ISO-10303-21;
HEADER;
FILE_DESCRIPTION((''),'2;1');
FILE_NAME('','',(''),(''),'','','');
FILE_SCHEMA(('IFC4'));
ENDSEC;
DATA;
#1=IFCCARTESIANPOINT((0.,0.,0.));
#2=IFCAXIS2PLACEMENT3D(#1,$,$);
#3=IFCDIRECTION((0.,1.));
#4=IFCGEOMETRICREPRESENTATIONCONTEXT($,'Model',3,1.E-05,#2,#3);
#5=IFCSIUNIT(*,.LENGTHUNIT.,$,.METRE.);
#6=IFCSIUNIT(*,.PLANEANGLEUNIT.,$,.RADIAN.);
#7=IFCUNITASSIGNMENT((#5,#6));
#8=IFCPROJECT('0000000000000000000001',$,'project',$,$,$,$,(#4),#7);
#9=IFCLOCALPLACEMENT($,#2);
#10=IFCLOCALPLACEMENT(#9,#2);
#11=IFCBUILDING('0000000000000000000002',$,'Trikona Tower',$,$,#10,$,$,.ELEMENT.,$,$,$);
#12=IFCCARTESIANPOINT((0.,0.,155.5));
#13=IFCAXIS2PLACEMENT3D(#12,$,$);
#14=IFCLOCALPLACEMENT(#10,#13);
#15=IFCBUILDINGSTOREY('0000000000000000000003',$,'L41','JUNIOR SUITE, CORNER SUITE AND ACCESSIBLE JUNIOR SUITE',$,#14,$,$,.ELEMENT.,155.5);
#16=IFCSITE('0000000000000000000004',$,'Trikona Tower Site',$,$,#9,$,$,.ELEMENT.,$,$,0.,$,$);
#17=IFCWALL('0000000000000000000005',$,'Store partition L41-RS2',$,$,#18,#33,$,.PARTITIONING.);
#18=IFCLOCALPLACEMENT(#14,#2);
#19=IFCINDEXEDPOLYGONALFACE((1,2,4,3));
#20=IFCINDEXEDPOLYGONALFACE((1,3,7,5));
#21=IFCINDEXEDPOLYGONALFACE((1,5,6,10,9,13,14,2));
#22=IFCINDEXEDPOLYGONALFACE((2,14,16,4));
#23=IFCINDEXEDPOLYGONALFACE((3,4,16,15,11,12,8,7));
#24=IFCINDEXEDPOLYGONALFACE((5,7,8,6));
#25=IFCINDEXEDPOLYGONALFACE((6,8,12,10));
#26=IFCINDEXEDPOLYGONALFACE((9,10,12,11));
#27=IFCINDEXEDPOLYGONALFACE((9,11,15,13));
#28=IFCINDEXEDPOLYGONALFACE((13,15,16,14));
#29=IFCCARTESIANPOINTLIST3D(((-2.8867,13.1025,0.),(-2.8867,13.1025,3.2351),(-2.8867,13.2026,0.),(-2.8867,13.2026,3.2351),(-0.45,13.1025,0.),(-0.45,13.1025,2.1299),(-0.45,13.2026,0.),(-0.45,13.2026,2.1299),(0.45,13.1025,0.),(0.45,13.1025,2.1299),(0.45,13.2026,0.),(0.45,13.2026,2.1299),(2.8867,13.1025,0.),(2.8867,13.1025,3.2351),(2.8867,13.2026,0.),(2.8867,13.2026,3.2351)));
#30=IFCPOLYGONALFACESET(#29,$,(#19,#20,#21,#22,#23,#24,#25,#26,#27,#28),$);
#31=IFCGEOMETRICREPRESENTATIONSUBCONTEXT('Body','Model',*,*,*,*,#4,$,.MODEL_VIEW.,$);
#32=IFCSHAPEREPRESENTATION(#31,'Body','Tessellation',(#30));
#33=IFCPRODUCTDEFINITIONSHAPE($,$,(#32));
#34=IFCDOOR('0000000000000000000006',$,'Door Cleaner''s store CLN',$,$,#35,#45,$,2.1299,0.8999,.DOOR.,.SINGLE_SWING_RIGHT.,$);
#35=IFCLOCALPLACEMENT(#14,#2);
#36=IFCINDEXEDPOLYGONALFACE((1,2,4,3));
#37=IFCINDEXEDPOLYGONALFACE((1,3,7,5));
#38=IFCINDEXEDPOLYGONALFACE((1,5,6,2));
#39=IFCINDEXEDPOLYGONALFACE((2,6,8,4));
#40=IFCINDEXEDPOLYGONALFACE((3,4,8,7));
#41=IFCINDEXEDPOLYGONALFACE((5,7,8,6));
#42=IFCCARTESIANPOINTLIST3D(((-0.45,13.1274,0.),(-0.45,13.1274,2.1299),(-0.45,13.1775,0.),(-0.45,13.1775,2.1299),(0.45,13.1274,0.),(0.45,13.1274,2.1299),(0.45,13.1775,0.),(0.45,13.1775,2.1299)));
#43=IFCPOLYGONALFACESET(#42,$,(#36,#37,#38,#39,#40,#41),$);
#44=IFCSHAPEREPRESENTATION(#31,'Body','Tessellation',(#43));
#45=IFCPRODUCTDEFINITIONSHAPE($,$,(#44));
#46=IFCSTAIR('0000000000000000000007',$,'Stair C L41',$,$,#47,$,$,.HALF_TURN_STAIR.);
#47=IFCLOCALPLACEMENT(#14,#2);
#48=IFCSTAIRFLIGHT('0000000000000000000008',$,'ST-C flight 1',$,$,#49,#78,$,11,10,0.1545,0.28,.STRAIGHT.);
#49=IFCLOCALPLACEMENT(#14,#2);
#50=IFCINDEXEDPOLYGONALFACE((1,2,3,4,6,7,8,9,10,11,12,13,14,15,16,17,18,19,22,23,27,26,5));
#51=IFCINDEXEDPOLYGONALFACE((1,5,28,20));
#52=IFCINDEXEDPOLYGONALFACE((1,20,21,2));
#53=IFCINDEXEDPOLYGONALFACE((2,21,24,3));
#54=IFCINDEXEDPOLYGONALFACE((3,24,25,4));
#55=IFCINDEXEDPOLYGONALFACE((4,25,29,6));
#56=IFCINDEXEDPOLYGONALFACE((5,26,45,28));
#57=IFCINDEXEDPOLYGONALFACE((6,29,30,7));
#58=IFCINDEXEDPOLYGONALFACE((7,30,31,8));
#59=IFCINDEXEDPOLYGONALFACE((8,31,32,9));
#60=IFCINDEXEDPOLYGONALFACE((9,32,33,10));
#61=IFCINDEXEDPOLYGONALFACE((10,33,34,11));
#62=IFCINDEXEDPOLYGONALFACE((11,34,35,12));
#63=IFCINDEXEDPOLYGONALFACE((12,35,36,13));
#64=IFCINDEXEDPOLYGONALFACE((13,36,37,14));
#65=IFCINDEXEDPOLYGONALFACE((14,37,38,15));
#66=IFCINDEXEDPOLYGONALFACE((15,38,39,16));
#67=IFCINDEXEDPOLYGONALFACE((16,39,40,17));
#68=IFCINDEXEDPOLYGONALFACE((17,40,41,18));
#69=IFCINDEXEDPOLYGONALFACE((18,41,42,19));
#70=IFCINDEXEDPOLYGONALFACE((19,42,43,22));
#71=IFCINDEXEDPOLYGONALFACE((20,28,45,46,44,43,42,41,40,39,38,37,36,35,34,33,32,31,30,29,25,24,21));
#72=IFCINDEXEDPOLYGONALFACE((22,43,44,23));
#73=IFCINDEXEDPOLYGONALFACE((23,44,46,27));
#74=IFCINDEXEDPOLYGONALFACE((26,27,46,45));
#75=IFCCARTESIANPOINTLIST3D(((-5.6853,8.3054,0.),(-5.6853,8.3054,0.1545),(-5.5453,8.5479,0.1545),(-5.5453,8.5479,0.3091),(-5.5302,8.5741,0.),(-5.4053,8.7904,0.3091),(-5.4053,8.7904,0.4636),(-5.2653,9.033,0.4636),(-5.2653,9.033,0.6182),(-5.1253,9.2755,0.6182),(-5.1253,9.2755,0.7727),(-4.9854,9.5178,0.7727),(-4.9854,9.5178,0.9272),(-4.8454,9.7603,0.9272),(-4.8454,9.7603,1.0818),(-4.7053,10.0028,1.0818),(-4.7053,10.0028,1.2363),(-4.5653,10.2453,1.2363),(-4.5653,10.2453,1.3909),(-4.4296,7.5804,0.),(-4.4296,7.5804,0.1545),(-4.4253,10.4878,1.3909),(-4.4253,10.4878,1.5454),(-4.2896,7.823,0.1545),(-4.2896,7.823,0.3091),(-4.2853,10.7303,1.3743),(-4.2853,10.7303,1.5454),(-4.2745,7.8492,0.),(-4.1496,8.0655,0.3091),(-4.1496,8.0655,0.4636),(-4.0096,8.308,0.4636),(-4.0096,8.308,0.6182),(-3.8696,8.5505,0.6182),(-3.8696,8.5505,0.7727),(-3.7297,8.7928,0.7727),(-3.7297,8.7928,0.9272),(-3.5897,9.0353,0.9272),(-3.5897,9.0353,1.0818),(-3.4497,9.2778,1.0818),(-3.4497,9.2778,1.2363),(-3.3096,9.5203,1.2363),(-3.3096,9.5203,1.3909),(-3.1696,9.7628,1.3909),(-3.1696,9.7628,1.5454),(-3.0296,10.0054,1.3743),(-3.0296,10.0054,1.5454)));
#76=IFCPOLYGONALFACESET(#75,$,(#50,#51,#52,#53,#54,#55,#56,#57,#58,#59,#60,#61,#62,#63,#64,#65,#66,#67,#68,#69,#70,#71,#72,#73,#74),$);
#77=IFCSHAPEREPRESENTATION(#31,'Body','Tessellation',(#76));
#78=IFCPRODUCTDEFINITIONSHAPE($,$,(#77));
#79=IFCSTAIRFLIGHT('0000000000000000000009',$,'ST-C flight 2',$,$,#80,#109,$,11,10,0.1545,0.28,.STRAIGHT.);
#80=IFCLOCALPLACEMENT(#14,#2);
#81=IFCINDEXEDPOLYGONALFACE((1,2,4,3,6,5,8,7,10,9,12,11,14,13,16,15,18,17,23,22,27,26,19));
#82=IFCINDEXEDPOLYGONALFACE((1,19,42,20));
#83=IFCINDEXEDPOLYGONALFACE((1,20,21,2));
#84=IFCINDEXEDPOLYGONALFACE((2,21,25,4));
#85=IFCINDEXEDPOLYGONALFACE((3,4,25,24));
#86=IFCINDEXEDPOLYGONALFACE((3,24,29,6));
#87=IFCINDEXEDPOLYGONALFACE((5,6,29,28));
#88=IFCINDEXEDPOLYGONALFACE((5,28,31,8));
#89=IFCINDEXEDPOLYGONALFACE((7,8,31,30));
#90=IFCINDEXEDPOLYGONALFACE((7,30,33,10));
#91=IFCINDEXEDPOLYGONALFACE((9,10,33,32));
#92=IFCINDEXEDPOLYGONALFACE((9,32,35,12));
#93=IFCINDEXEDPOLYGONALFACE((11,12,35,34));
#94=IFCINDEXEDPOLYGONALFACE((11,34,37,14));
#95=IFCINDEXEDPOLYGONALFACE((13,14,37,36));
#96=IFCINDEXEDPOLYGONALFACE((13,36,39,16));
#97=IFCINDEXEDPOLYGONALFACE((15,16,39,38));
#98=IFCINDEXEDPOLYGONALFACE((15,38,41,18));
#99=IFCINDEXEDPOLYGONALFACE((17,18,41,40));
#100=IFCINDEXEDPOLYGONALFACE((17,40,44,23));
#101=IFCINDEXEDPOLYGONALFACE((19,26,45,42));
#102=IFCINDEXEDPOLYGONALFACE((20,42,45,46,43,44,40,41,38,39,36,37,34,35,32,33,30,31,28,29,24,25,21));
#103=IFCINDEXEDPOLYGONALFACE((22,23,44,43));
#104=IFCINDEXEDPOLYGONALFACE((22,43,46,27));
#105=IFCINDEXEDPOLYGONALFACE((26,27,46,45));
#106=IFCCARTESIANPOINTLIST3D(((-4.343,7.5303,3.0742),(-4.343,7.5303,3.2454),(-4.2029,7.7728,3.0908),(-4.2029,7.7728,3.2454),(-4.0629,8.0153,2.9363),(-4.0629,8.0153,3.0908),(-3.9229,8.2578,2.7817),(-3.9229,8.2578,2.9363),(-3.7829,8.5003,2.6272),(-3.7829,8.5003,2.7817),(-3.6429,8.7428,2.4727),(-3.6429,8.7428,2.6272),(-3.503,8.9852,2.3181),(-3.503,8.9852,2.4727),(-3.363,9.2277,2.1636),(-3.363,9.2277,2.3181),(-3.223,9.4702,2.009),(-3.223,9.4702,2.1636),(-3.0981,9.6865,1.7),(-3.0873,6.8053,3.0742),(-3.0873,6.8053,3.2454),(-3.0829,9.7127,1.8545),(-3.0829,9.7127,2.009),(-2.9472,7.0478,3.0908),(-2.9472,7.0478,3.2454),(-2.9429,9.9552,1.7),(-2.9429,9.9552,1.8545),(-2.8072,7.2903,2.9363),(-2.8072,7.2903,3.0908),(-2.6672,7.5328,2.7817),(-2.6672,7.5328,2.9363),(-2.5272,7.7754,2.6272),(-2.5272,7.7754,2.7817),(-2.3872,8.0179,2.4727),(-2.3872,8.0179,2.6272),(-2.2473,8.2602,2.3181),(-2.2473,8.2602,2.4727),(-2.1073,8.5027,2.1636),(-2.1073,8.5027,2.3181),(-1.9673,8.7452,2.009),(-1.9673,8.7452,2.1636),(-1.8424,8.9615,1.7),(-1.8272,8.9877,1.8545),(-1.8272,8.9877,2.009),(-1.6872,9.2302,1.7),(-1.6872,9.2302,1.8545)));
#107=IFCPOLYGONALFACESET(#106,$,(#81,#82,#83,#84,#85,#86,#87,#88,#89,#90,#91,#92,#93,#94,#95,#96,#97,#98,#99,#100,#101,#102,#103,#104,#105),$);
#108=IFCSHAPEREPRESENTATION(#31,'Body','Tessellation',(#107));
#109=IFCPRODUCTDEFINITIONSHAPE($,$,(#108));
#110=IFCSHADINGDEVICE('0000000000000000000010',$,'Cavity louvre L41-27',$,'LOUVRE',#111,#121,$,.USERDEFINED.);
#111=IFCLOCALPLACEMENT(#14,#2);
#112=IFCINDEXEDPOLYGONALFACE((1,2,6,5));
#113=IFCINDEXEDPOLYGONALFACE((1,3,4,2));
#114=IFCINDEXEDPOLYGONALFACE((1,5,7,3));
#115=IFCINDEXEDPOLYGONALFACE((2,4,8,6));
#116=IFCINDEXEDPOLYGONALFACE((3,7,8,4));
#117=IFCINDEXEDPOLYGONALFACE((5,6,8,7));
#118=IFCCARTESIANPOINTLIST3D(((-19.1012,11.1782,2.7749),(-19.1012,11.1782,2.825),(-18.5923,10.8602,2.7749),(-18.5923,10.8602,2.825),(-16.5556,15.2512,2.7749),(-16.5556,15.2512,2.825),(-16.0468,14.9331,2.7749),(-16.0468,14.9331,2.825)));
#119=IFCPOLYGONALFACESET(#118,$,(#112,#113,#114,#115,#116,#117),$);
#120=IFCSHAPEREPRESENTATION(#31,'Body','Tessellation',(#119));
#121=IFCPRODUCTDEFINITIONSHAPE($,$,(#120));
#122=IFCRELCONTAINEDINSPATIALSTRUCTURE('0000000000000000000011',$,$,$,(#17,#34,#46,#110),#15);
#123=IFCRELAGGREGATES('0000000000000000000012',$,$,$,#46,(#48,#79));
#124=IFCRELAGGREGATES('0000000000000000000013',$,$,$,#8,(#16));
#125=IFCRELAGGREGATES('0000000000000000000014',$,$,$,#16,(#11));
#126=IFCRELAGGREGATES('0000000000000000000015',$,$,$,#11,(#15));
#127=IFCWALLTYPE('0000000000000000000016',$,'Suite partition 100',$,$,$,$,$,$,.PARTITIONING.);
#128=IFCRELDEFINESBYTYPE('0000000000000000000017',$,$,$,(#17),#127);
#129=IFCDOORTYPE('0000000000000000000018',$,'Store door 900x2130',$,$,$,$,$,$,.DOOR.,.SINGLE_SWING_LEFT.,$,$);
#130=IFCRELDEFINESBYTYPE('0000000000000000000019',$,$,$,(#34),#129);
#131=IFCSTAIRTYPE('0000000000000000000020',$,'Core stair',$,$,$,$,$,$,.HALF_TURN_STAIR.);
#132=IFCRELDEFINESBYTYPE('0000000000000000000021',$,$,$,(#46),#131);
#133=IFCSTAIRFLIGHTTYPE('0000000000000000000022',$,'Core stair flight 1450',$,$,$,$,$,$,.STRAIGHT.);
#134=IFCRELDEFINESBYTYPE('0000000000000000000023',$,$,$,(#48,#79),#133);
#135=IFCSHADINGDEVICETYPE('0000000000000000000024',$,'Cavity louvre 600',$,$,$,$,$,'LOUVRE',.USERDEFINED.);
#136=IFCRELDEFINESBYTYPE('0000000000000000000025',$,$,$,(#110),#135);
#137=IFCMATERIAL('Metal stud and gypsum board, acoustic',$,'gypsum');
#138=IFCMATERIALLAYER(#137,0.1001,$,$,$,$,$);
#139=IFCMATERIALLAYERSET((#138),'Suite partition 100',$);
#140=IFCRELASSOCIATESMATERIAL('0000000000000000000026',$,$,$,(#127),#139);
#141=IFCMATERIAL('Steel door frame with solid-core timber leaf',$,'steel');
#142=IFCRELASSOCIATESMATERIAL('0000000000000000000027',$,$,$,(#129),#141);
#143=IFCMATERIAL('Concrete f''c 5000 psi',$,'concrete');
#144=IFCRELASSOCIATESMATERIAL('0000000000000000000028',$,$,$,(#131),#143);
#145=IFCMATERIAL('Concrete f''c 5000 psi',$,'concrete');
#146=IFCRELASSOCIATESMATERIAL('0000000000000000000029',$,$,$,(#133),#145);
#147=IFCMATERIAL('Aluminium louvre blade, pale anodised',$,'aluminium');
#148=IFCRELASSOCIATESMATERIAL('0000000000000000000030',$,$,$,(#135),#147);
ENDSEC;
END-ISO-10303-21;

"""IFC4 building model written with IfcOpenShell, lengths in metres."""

from ifc_helpers import new_model, si_unit, direction, frame, frame_2d, origin, origin_2d, place, context, subcontext, project, spatial, polyline, rectangle, outline, extrude, material, layer, layer_set, type_object, element, fill, aggregate, save


model = new_model("IFC4")

# Units and contexts
model_context = context("Model", 3, precision=1e-05, world=origin(), true_north=direction((0.0, 1.0)))
body_context = subcontext(model_context, "Body", "Model", "MODEL_VIEW")
ifc_project = project(units=[si_unit("LENGTHUNIT", "METRE"), si_unit("PLANEANGLEUNIT", "RADIAN")], contexts=[model_context])

# Site, building, storey
site_placement = place(None, origin())
site = spatial("IfcSite", under=ifc_project, at=site_placement, Name="Trikona Tower Site", CompositionType="ELEMENT", RefElevation=0.0)
building_placement = place(site_placement, origin())
building = spatial("IfcBuilding", under=site, at=building_placement, Name="Trikona Tower", CompositionType="ELEMENT")
storey_placement = place(building_placement, frame((0.0, 0.0, 155.5)))
storey = spatial("IfcBuildingStorey", under=building, at=storey_placement, Name="L41", Description="JUNIOR SUITE, CORNER SUITE AND ACCESSIBLE JUNIOR SUITE", CompositionType="ELEMENT", Elevation=155.5)

# Wall, opening, door
ifc_material_1 = material(Name="Metal stud and gypsum board, acoustic", Category="gypsum")
ifc_layer_1 = layer(ifc_material_1, 0.1001)
ifc_layer_set_1 = layer_set([ifc_layer_1], Name="Suite partition 100")
wall_type_1 = type_object("IfcWallType", Name="Suite partition 100", PredefinedType="PARTITIONING", material=ifc_layer_set_1)
wall_1_placement = place(storey_placement, frame((-2.8867, 13.1526, 0.0), z_axis=(0.0, 0.0, 1.0), x_axis=(1.0, 0.0, 0.0)))
wall_1 = element("IfcWall", 1, at=wall_1_placement, inside=storey, type_object=wall_type_1, Name="Store partition L41-RS2", PredefinedType="PARTITIONING", context=body_context, shape_type="SweptSolid", body=[
    extrude(rectangle(XDim=5.7734, YDim=0.1001, at=frame_2d((2.8867, 0.0))), origin(), (0.0, 0.0, 1.0), 3.2351),
])
opening_1_placement = place(wall_1_placement, frame((2.4368, 0.0, 0.0)))
opening_1 = element("IfcOpeningElement", 2, at=opening_1_placement, cuts=wall_1, PredefinedType="OPENING", context=body_context, shape_type="SweptSolid", body=[
    extrude(rectangle(XDim=0.8999, YDim=2.1299, at=frame_2d((0.45, 1.0649))), frame((0.0, 0.0601, 0.0), z_axis=(0.0, -1.0, 0.0), x_axis=(1.0, 0.0, 0.0)), (0.0, 0.0, 1.0), 0.1201),
])
ifc_material_2 = material(Name="Steel door frame with solid-core timber leaf", Category="steel")
door_type_1 = type_object("IfcDoorType", Name="Store door 900x2130", OperationType="SINGLE_SWING_LEFT", PredefinedType="DOOR", material=ifc_material_2)
door_1_placement = place(opening_1_placement, origin())
door_1 = element("IfcDoor", 3, at=door_1_placement, inside=storey, type_object=door_type_1, Name="Door Cleaner's store CLN", OperationType="SINGLE_SWING_RIGHT", OverallHeight=2.1299, OverallWidth=0.8999, PredefinedType="DOOR", context=body_context, shape_type="SweptSolid", body=[
    extrude(rectangle(XDim=0.8999, YDim=2.1299, at=frame_2d((0.45, 1.0649))), frame((0.0, 0.0249, 0.0), z_axis=(0.0, -1.0, 0.0), x_axis=(1.0, 0.0, 0.0)), (0.0, 0.0, 1.0), 0.05),
])
fill(opening_1, door_1)

# Stair, stair flights
ifc_material_3 = material(Name="Concrete f'c 5000 psi", Category="concrete")
stair_type = type_object("IfcStairType", Name="Core stair", PredefinedType="HALF_TURN_STAIR", material=ifc_material_3)
stair_placement = place(storey_placement, origin())
stair = element("IfcStair", 4, at=stair_placement, inside=storey, type_object=stair_type, Name="Stair C L41", PredefinedType="HALF_TURN_STAIR")
ifc_material_4 = material(Name="Concrete f'c 5000 psi", Category="concrete")
stair_flight_type = type_object("IfcStairFlightType", Name="Core stair flight 1450", PredefinedType="STRAIGHT", material=ifc_material_4)
stair_flight_1_placement = place(storey_placement, frame((-5.0574, 7.9429, 0.0), z_axis=(0.0, 0.0, 1.0), x_axis=(0.5, 0.866025, 0.0)))
stair_flight_1 = element("IfcStairFlight", 5, at=stair_flight_1_placement, type_object=stair_flight_type, Name="ST-C flight 1", NumberOfRisers=11, NumberOfTreads=10, PredefinedType="STRAIGHT", RiserHeight=0.1545, TreadLength=0.28, context=body_context, shape_type="SweptSolid", body=[
    extrude(outline(polyline([(0.0, 0.0), (0.0, 0.1545), (0.28, 0.1545), (0.28, 0.3091), (0.5601, 0.3091), (0.5601, 0.4636), (0.8401, 0.4636), (0.8401, 0.6182), (1.1201, 0.6182), (1.1201, 0.7727), (1.3999, 0.7727), (1.3999, 0.9272), (1.6799, 0.9272), (1.6799, 1.0818), (1.96, 1.0818), (1.96, 1.2363), (2.24, 1.2363), (2.24, 1.3909), (2.52, 1.3909), (2.52, 1.5454), (2.8, 1.5454), (2.8, 1.7), (2.8, 1.3743), (0.3103, 0.0), (0.0, 0.0)])), frame((0.0, 0.7251, 0.0), z_axis=(0.0, -1.0, 0.0), x_axis=(1.0, 0.0, 0.0)), (0.0, 0.0, 1.0), 1.45),
])
stair_flight_2_placement = place(storey_placement, frame((-2.3152, 9.5928, 1.7), z_axis=(0.0, 0.0, 1.0), x_axis=(-0.5, -0.866025, 0.0)))
stair_flight_2 = element("IfcStairFlight", 6, at=stair_flight_2_placement, type_object=stair_flight_type, Name="ST-C flight 2", NumberOfRisers=11, NumberOfTreads=10, PredefinedType="STRAIGHT", RiserHeight=0.1545, TreadLength=0.28, context=body_context, shape_type="SweptSolid", body=[
    extrude(outline(polyline([(0.0, 0.0), (0.0, 0.1545), (0.28, 0.1545), (0.28, 0.3091), (0.5601, 0.3091), (0.5601, 0.4636), (0.8401, 0.4636), (0.8401, 0.6182), (1.1201, 0.6182), (1.1201, 0.7727), (1.3999, 0.7727), (1.3999, 0.9272), (1.6799, 0.9272), (1.6799, 1.0818), (1.96, 1.0818), (1.96, 1.2363), (2.24, 1.2363), (2.24, 1.3909), (2.52, 1.3909), (2.52, 1.5454), (2.8, 1.5454), (2.8, 1.7), (2.8, 1.3743), (0.3103, 0.0), (0.0, 0.0)])), frame((0.0, 0.7251, 0.0), z_axis=(0.0, -1.0, 0.0), x_axis=(1.0, 0.0, 0.0)), (0.0, 0.0, 1.0), 1.45),
])
aggregate(stair, [stair_flight_1, stair_flight_2])

# Shading device
ifc_material_5 = material(Name="Aluminium louvre blade, pale anodised", Category="aluminium")
shading_device_type = type_object("IfcShadingDeviceType", Name="Cavity louvre 600", ElementType="LOUVRE", PredefinedType="USERDEFINED", material=ifc_material_5)
shading_device_placement = place(storey_placement, frame((-17.574, 13.0557, 2.7749), z_axis=(0.0, 0.0, 1.0), x_axis=(-0.529995, -0.848001, 0.0)))
element("IfcShadingDevice", 7, at=shading_device_placement, inside=storey, type_object=shading_device_type, Name="Cavity louvre L41-27", ObjectType="LOUVRE", PredefinedType="USERDEFINED", context=body_context, shape_type="SweptSolid", body=[
    extrude(rectangle(XDim=4.803, YDim=0.6001, at=origin_2d()), origin(), (0.0, 0.0, 1.0), 0.05),
])

save(model, "model.ifc")
